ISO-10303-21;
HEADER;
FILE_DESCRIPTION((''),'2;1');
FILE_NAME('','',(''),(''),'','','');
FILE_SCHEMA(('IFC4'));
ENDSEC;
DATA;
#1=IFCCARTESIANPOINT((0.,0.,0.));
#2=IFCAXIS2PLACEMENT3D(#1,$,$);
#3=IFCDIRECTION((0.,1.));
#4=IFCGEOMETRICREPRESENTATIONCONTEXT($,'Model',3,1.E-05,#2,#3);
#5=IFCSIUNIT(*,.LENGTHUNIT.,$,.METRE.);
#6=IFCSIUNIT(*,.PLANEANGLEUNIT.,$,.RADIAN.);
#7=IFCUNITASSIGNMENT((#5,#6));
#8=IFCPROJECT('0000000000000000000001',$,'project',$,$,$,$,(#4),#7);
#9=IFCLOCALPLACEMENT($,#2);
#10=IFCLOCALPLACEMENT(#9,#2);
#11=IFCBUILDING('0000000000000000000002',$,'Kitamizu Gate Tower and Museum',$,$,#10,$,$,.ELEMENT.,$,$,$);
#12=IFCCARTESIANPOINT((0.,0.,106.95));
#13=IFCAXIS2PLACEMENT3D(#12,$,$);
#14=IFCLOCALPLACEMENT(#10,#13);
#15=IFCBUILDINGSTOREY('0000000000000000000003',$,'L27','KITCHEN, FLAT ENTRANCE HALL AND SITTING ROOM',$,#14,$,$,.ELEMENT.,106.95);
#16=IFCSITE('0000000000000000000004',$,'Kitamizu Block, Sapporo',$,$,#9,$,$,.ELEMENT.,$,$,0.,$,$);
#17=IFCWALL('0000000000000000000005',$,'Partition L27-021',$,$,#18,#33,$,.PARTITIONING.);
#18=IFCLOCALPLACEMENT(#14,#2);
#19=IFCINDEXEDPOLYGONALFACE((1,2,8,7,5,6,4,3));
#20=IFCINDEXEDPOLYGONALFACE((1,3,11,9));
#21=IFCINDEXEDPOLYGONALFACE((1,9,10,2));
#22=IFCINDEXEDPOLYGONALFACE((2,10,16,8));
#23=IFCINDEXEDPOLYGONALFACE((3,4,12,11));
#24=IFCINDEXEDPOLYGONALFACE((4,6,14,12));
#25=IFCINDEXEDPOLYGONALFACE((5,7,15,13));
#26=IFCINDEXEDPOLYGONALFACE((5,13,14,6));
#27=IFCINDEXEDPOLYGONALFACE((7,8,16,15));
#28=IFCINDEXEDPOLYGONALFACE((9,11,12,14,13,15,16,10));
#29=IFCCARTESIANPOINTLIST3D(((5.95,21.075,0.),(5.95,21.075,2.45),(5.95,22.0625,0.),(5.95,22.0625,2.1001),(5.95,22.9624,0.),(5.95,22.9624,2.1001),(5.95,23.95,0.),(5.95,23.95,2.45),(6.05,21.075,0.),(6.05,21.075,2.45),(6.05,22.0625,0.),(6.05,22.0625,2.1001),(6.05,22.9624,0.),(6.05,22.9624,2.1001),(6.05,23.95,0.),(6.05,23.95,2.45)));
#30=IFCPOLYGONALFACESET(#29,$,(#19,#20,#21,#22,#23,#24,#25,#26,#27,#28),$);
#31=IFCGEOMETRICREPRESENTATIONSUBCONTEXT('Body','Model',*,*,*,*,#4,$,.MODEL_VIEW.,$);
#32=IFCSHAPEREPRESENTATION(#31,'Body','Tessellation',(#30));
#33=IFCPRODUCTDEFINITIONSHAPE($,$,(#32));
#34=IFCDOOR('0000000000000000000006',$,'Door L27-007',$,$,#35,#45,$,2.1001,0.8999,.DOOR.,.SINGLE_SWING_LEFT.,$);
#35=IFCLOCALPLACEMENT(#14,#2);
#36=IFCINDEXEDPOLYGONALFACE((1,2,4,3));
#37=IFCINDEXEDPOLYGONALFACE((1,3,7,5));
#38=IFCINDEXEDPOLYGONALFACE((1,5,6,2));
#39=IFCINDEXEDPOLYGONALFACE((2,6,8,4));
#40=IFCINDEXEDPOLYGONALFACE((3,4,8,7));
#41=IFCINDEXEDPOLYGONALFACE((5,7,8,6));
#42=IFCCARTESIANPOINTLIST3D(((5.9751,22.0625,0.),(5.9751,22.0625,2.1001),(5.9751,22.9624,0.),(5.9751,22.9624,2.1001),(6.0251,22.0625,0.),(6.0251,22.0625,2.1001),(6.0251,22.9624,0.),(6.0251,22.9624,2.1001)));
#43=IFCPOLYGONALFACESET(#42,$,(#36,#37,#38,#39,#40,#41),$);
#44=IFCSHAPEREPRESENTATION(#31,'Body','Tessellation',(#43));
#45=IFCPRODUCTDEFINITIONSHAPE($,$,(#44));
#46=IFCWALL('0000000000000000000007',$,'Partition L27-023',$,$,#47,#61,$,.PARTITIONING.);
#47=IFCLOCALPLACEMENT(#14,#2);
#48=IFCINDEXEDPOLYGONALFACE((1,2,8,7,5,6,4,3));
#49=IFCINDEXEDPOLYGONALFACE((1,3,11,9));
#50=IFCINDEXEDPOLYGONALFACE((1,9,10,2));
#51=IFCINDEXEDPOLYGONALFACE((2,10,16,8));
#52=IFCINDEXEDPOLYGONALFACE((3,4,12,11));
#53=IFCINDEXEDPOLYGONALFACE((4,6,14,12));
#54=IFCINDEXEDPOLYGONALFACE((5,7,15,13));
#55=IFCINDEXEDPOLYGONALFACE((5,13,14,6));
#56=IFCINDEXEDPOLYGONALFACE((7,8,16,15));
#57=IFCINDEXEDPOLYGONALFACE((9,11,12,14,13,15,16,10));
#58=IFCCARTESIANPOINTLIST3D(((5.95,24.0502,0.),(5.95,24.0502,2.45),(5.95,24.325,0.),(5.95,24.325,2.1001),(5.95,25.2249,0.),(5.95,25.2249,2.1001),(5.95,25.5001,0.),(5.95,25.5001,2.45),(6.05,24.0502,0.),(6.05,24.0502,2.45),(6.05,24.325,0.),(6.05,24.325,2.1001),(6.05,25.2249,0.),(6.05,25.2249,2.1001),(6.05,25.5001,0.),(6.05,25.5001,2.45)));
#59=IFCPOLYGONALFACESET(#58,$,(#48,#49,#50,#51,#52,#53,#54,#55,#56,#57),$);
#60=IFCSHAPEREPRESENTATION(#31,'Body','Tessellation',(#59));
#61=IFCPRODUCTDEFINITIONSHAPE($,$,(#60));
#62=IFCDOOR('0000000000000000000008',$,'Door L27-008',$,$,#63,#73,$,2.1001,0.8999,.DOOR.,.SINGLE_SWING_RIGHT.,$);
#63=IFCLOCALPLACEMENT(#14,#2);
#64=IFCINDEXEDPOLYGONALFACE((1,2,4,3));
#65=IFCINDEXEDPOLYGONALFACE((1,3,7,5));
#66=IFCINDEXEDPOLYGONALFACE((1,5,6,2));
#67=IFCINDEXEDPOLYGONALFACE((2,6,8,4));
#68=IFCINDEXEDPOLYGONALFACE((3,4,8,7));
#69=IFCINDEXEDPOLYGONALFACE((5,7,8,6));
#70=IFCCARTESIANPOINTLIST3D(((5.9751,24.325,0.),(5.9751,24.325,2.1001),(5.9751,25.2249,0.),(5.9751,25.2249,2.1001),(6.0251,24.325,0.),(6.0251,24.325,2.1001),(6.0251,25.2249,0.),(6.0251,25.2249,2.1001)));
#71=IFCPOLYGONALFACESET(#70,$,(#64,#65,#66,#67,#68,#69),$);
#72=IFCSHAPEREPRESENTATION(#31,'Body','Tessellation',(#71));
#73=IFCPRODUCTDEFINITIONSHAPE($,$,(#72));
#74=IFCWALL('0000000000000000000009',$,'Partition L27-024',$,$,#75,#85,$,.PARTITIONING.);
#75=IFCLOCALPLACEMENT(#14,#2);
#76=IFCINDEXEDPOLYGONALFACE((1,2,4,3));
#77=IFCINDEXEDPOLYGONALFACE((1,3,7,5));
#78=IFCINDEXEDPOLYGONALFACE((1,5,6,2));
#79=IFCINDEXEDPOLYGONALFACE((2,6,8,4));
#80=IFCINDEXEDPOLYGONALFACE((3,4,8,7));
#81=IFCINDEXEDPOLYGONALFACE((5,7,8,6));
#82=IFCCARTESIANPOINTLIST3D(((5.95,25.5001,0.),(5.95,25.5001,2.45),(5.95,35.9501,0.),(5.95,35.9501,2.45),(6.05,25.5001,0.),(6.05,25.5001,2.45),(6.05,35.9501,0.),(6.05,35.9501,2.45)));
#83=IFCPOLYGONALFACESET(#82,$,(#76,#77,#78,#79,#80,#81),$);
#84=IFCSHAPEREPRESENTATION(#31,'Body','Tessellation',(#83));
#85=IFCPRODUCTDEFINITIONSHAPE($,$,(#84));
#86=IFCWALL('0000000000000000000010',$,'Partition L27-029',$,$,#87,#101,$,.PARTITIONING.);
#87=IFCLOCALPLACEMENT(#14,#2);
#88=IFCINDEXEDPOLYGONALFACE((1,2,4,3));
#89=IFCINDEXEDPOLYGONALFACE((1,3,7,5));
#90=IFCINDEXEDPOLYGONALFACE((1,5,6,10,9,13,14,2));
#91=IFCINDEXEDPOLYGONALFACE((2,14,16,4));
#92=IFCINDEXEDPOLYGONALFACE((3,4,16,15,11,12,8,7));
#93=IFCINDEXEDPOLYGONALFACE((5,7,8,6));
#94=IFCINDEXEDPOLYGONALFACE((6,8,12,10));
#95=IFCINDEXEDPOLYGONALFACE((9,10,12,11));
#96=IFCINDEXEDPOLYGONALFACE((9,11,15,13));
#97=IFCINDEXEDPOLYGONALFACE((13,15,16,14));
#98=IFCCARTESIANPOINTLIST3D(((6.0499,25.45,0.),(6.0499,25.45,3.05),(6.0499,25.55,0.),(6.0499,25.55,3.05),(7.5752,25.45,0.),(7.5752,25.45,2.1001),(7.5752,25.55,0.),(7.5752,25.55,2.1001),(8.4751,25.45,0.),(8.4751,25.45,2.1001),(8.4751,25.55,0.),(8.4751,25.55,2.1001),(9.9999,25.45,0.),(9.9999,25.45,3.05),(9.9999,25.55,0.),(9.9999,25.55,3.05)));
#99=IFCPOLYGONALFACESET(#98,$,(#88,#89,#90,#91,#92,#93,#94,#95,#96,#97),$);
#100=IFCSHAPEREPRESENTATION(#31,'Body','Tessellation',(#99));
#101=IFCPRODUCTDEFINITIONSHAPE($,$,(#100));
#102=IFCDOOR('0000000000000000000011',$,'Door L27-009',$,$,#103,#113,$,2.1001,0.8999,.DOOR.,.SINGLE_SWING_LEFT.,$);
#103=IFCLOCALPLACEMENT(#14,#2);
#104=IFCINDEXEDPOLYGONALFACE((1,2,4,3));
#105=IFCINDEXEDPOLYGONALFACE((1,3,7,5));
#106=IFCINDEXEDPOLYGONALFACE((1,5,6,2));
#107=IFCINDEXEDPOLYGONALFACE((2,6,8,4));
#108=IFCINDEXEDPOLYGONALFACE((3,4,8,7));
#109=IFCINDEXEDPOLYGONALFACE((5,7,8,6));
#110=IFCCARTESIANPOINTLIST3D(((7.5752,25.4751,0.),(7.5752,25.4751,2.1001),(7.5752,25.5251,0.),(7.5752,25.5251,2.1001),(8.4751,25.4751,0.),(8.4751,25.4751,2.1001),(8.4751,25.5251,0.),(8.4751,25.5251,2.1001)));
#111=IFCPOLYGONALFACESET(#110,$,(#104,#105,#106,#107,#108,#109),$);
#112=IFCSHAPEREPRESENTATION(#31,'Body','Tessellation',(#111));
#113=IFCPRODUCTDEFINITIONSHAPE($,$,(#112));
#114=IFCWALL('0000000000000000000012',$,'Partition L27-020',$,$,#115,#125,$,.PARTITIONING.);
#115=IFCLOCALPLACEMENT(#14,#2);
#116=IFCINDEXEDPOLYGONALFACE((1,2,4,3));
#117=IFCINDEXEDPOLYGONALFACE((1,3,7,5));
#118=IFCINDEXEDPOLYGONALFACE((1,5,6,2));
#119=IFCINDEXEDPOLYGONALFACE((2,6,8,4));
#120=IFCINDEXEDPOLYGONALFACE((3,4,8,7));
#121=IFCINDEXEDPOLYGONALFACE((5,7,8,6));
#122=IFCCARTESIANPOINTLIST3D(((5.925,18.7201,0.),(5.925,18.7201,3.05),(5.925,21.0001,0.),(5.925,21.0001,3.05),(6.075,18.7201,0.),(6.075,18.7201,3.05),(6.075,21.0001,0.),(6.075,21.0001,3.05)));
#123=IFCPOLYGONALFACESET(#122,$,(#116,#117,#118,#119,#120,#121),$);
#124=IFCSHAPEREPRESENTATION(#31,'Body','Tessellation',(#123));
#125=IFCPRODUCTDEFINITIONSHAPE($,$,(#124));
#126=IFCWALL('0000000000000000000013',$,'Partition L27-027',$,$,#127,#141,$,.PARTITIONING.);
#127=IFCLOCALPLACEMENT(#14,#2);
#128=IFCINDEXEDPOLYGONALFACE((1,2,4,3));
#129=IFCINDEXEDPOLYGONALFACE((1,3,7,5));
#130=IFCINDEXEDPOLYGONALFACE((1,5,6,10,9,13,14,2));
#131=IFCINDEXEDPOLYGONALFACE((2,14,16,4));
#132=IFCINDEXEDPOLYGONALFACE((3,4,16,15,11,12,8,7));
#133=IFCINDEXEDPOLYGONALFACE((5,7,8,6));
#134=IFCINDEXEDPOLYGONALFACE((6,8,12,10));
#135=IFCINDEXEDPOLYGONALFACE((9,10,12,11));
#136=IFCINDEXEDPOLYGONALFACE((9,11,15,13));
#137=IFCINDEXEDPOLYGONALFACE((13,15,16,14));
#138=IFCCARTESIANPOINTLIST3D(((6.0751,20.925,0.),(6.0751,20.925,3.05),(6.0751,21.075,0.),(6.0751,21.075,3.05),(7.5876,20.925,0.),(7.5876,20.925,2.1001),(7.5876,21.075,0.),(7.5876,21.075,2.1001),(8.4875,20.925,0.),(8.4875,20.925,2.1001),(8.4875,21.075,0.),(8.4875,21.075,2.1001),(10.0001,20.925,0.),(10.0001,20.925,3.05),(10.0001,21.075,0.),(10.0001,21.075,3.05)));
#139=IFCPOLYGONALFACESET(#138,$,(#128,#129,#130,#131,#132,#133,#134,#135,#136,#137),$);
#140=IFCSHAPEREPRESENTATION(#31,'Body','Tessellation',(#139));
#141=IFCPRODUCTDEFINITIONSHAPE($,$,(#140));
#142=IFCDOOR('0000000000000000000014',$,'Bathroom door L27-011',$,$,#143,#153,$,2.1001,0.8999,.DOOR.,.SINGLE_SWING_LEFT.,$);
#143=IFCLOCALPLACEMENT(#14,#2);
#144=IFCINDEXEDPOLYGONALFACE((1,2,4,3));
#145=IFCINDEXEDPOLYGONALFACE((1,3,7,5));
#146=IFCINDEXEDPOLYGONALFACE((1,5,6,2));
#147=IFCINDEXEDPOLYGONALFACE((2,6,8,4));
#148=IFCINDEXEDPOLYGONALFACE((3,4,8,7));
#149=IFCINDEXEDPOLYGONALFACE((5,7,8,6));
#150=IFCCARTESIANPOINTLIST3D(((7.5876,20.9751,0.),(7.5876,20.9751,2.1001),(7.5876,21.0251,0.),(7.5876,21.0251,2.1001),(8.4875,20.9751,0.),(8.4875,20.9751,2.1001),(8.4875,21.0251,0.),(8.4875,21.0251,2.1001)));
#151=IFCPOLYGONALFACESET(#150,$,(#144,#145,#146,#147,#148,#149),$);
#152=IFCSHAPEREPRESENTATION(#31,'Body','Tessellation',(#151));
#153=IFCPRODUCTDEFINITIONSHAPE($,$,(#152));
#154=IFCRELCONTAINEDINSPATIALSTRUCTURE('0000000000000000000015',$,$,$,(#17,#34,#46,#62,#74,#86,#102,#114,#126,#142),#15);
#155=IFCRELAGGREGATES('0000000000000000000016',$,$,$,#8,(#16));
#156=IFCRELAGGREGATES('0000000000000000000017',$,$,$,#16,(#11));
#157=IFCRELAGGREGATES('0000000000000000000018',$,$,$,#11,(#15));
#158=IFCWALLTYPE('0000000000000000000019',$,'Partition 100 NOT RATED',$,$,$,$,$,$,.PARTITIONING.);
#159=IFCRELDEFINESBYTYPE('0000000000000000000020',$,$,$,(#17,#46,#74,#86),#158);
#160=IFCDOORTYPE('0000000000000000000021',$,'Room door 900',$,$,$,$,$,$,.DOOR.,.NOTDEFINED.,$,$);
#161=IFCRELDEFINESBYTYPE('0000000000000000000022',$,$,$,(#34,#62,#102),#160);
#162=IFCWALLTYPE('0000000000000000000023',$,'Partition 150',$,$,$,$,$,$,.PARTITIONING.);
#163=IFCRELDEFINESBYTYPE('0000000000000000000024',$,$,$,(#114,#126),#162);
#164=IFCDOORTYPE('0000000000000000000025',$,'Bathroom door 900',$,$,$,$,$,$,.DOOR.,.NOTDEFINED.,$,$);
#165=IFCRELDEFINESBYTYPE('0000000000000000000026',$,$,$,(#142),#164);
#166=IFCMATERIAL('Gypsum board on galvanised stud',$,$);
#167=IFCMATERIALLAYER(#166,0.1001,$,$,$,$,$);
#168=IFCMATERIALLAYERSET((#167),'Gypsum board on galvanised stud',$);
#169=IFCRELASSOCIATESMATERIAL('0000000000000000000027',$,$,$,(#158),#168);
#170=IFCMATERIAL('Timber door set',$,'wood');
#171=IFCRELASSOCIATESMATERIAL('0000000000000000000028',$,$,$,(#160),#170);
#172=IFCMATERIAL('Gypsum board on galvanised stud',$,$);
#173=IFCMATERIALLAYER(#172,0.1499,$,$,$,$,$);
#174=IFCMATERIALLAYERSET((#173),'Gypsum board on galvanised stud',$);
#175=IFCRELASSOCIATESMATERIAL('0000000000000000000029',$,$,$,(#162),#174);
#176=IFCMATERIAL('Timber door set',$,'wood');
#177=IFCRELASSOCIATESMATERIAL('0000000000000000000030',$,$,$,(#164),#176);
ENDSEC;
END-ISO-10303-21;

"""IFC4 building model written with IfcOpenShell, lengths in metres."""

from ifc_helpers import new_model, si_unit, direction, frame, frame_2d, origin, place, context, subcontext, project, spatial, rectangle, extrude, material, layer, layer_set, type_object, element, fill, save


model = new_model("IFC4")

# Units and contexts
model_context = context("Model", 3, precision=1e-05, world=origin(), true_north=direction((0.0, 1.0)))
body_context = subcontext(model_context, "Body", "Model", "MODEL_VIEW")
ifc_project = project(units=[si_unit("LENGTHUNIT", "METRE"), si_unit("PLANEANGLEUNIT", "RADIAN")], contexts=[model_context])

# Site, building, storey
site_placement = place(None, origin())
site = spatial("IfcSite", under=ifc_project, at=site_placement, Name="Kitamizu Block, Sapporo", CompositionType="ELEMENT", RefElevation=0.0)
building_placement = place(site_placement, origin())
building = spatial("IfcBuilding", under=site, at=building_placement, Name="Kitamizu Gate Tower and Museum", CompositionType="ELEMENT")
storey_placement = place(building_placement, frame((0.0, 0.0, 106.95)))
storey = spatial("IfcBuildingStorey", under=building, at=storey_placement, Name="L27", Description="KITCHEN, FLAT ENTRANCE HALL AND SITTING ROOM", CompositionType="ELEMENT", Elevation=106.95)

# Shared definitions
ifc_material_1 = material(Name="Gypsum board on galvanised stud")
ifc_layer_1 = layer(ifc_material_1, 0.1001)
ifc_layer_set_1 = layer_set([ifc_layer_1], Name="Gypsum board on galvanised stud")
wall_type_1 = type_object("IfcWallType", Name="Partition 100 NOT RATED", PredefinedType="PARTITIONING", material=ifc_layer_set_1)

# Walls, openings, doors
wall_1_placement = place(storey_placement, frame((6.0, 21.075, 0.0), z_axis=(0.0, 0.0, 1.0), x_axis=(0.0, 1.0, 0.0)))
wall_1 = element("IfcWall", 1, at=wall_1_placement, inside=storey, type_object=wall_type_1, Name="Partition L27-021", PredefinedType="PARTITIONING", context=body_context, shape_type="SweptSolid", body=[
    extrude(rectangle(XDim=2.875, YDim=0.1001, at=frame_2d((1.4375, 0.0))), origin(), (0.0, 0.0, 1.0), 2.45),
])
opening_1_placement = place(wall_1_placement, frame((0.9875, 0.0, 0.0)))
opening_1 = element("IfcOpeningElement", 2, at=opening_1_placement, cuts=wall_1, PredefinedType="OPENING", context=body_context, shape_type="SweptSolid", body=[
    extrude(rectangle(XDim=0.8999, YDim=2.1001, at=frame_2d((0.45, 1.05))), frame((0.0, 0.0601, 0.0), z_axis=(0.0, -1.0, 0.0), x_axis=(1.0, 0.0, 0.0)), (0.0, 0.0, 1.0), 0.1201),
])
ifc_material_2 = material(Name="Timber door set", Category="wood")
door_type_1 = type_object("IfcDoorType", Name="Room door 900", OperationType="NOTDEFINED", PredefinedType="DOOR", material=ifc_material_2)
door_1_placement = place(opening_1_placement, origin())
door_1 = element("IfcDoor", 3, at=door_1_placement, inside=storey, type_object=door_type_1, Name="Door L27-007", OperationType="SINGLE_SWING_LEFT", OverallHeight=2.1001, OverallWidth=0.8999, PredefinedType="DOOR", context=body_context, shape_type="SweptSolid", body=[
    extrude(rectangle(XDim=0.8999, YDim=2.1001, at=frame_2d((0.45, 1.05))), frame((0.0, 0.0249, 0.0), z_axis=(0.0, -1.0, 0.0), x_axis=(1.0, 0.0, 0.0)), (0.0, 0.0, 1.0), 0.05),
])
fill(opening_1, door_1)
wall_2_placement = place(storey_placement, frame((6.0, 24.05, 0.0), z_axis=(0.0, 0.0, 1.0), x_axis=(0.0, 1.0, 0.0)))
wall_2 = element("IfcWall", 4, at=wall_2_placement, inside=storey, type_object=wall_type_1, Name="Partition L27-023", PredefinedType="PARTITIONING", context=body_context, shape_type="SweptSolid", body=[
    extrude(rectangle(XDim=1.45, YDim=0.1001, at=frame_2d((0.7251, 0.0))), origin(), (0.0, 0.0, 1.0), 2.45),
])
opening_2_placement = place(wall_2_placement, frame((0.2749, 0.0, 0.0)))
opening_2 = element("IfcOpeningElement", 5, at=opening_2_placement, cuts=wall_2, PredefinedType="OPENING", context=body_context, shape_type="SweptSolid", body=[
    extrude(rectangle(XDim=0.8999, YDim=2.1001, at=frame_2d((0.45, 1.05))), frame((0.0, 0.0601, 0.0), z_axis=(0.0, -1.0, 0.0), x_axis=(1.0, 0.0, 0.0)), (0.0, 0.0, 1.0), 0.1201),
])
door_2_placement = place(opening_2_placement, origin())
door_2 = element("IfcDoor", 6, at=door_2_placement, inside=storey, type_object=door_type_1, Name="Door L27-008", OperationType="SINGLE_SWING_RIGHT", OverallHeight=2.1001, OverallWidth=0.8999, PredefinedType="DOOR", context=body_context, shape_type="SweptSolid", body=[
    extrude(rectangle(XDim=0.8999, YDim=2.1001, at=frame_2d((0.45, 1.05))), frame((0.0, 0.0249, 0.0), z_axis=(0.0, -1.0, 0.0), x_axis=(1.0, 0.0, 0.0)), (0.0, 0.0, 1.0), 0.05),
])
fill(opening_2, door_2)

# Wall
wall_3_placement = place(storey_placement, frame((6.0, 25.5, 0.0), z_axis=(0.0, 0.0, 1.0), x_axis=(0.0, 1.0, 0.0)))
element("IfcWall", 7, at=wall_3_placement, inside=storey, type_object=wall_type_1, Name="Partition L27-024", PredefinedType="PARTITIONING", context=body_context, shape_type="SweptSolid", body=[
    extrude(rectangle(XDim=10.45, YDim=0.1001, at=frame_2d((5.2251, 0.0))), origin(), (0.0, 0.0, 1.0), 2.45),
])

# Wall, opening, door
wall_4_placement = place(storey_placement, frame((10.0, 25.5, 0.0), z_axis=(0.0, 0.0, 1.0), x_axis=(-1.0, 0.0, 0.0)))
wall_4 = element("IfcWall", 8, at=wall_4_placement, inside=storey, type_object=wall_type_1, Name="Partition L27-029", PredefinedType="PARTITIONING", context=body_context, shape_type="SweptSolid", body=[
    extrude(rectangle(XDim=3.95, YDim=0.1001, at=frame_2d((1.9751, 0.0))), origin(), (0.0, 0.0, 1.0), 3.05),
])
opening_3_placement = place(wall_4_placement, frame((1.5249, 0.0, 0.0)))
opening_3 = element("IfcOpeningElement", 9, at=opening_3_placement, cuts=wall_4, PredefinedType="OPENING", context=body_context, shape_type="SweptSolid", body=[
    extrude(rectangle(XDim=0.8999, YDim=2.1001, at=frame_2d((0.45, 1.05))), frame((0.0, 0.0601, 0.0), z_axis=(0.0, -1.0, 0.0), x_axis=(1.0, 0.0, 0.0)), (0.0, 0.0, 1.0), 0.1201),
])
door_3_placement = place(opening_3_placement, origin())
door_3 = element("IfcDoor", 10, at=door_3_placement, inside=storey, type_object=door_type_1, Name="Door L27-009", OperationType="SINGLE_SWING_LEFT", OverallHeight=2.1001, OverallWidth=0.8999, PredefinedType="DOOR", context=body_context, shape_type="SweptSolid", body=[
    extrude(rectangle(XDim=0.8999, YDim=2.1001, at=frame_2d((0.45, 1.05))), frame((0.0, 0.0249, 0.0), z_axis=(0.0, -1.0, 0.0), x_axis=(1.0, 0.0, 0.0)), (0.0, 0.0, 1.0), 0.05),
])
fill(opening_3, door_3)

# Wall
ifc_material_3 = material(Name="Gypsum board on galvanised stud")
ifc_layer_2 = layer(ifc_material_3, 0.1499)
ifc_layer_set_2 = layer_set([ifc_layer_2], Name="Gypsum board on galvanised stud")
wall_type_2 = type_object("IfcWallType", Name="Partition 150", PredefinedType="PARTITIONING", material=ifc_layer_set_2)
wall_5_placement = place(storey_placement, frame((6.0, 18.72, 0.0), z_axis=(0.0, 0.0, 1.0), x_axis=(0.0, 1.0, 0.0)))
element("IfcWall", 11, at=wall_5_placement, inside=storey, type_object=wall_type_2, Name="Partition L27-020", PredefinedType="PARTITIONING", context=body_context, shape_type="SweptSolid", body=[
    extrude(rectangle(XDim=2.28, YDim=0.1499, at=frame_2d((1.1401, 0.0))), origin(), (0.0, 0.0, 1.0), 3.05),
])

# Wall, opening, door
wall_6_placement = place(storey_placement, frame((10.0, 21.0, 0.0), z_axis=(0.0, 0.0, 1.0), x_axis=(-1.0, 0.0, 0.0)))
wall_6 = element("IfcWall", 12, at=wall_6_placement, inside=storey, type_object=wall_type_2, Name="Partition L27-027", PredefinedType="PARTITIONING", context=body_context, shape_type="SweptSolid", body=[
    extrude(rectangle(XDim=3.925, YDim=0.1499, at=frame_2d((1.9624, 0.0))), origin(), (0.0, 0.0, 1.0), 3.05),
])
opening_4_placement = place(wall_6_placement, frame((1.5125, 0.0, 0.0)))
opening_4 = element("IfcOpeningElement", 13, at=opening_4_placement, cuts=wall_6, PredefinedType="OPENING", context=body_context, shape_type="SweptSolid", body=[
    extrude(rectangle(XDim=0.8999, YDim=2.1001, at=frame_2d((0.45, 1.05))), frame((0.0, 0.085, 0.0), z_axis=(0.0, -1.0, 0.0), x_axis=(1.0, 0.0, 0.0)), (0.0, 0.0, 1.0), 0.1699),
])
ifc_material_4 = material(Name="Timber door set", Category="wood")
door_type_2 = type_object("IfcDoorType", Name="Bathroom door 900", OperationType="NOTDEFINED", PredefinedType="DOOR", material=ifc_material_4)
door_4_placement = place(opening_4_placement, origin())
door_4 = element("IfcDoor", 14, at=door_4_placement, inside=storey, type_object=door_type_2, Name="Bathroom door L27-011", OperationType="SINGLE_SWING_LEFT", OverallHeight=2.1001, OverallWidth=0.8999, PredefinedType="DOOR", context=body_context, shape_type="SweptSolid", body=[
    extrude(rectangle(XDim=0.8999, YDim=2.1001, at=frame_2d((0.45, 1.05))), frame((0.0, 0.0249, 0.0), z_axis=(0.0, -1.0, 0.0), x_axis=(1.0, 0.0, 0.0)), (0.0, 0.0, 1.0), 0.05),
])
fill(opening_4, door_4)

save(model, "model.ifc")
